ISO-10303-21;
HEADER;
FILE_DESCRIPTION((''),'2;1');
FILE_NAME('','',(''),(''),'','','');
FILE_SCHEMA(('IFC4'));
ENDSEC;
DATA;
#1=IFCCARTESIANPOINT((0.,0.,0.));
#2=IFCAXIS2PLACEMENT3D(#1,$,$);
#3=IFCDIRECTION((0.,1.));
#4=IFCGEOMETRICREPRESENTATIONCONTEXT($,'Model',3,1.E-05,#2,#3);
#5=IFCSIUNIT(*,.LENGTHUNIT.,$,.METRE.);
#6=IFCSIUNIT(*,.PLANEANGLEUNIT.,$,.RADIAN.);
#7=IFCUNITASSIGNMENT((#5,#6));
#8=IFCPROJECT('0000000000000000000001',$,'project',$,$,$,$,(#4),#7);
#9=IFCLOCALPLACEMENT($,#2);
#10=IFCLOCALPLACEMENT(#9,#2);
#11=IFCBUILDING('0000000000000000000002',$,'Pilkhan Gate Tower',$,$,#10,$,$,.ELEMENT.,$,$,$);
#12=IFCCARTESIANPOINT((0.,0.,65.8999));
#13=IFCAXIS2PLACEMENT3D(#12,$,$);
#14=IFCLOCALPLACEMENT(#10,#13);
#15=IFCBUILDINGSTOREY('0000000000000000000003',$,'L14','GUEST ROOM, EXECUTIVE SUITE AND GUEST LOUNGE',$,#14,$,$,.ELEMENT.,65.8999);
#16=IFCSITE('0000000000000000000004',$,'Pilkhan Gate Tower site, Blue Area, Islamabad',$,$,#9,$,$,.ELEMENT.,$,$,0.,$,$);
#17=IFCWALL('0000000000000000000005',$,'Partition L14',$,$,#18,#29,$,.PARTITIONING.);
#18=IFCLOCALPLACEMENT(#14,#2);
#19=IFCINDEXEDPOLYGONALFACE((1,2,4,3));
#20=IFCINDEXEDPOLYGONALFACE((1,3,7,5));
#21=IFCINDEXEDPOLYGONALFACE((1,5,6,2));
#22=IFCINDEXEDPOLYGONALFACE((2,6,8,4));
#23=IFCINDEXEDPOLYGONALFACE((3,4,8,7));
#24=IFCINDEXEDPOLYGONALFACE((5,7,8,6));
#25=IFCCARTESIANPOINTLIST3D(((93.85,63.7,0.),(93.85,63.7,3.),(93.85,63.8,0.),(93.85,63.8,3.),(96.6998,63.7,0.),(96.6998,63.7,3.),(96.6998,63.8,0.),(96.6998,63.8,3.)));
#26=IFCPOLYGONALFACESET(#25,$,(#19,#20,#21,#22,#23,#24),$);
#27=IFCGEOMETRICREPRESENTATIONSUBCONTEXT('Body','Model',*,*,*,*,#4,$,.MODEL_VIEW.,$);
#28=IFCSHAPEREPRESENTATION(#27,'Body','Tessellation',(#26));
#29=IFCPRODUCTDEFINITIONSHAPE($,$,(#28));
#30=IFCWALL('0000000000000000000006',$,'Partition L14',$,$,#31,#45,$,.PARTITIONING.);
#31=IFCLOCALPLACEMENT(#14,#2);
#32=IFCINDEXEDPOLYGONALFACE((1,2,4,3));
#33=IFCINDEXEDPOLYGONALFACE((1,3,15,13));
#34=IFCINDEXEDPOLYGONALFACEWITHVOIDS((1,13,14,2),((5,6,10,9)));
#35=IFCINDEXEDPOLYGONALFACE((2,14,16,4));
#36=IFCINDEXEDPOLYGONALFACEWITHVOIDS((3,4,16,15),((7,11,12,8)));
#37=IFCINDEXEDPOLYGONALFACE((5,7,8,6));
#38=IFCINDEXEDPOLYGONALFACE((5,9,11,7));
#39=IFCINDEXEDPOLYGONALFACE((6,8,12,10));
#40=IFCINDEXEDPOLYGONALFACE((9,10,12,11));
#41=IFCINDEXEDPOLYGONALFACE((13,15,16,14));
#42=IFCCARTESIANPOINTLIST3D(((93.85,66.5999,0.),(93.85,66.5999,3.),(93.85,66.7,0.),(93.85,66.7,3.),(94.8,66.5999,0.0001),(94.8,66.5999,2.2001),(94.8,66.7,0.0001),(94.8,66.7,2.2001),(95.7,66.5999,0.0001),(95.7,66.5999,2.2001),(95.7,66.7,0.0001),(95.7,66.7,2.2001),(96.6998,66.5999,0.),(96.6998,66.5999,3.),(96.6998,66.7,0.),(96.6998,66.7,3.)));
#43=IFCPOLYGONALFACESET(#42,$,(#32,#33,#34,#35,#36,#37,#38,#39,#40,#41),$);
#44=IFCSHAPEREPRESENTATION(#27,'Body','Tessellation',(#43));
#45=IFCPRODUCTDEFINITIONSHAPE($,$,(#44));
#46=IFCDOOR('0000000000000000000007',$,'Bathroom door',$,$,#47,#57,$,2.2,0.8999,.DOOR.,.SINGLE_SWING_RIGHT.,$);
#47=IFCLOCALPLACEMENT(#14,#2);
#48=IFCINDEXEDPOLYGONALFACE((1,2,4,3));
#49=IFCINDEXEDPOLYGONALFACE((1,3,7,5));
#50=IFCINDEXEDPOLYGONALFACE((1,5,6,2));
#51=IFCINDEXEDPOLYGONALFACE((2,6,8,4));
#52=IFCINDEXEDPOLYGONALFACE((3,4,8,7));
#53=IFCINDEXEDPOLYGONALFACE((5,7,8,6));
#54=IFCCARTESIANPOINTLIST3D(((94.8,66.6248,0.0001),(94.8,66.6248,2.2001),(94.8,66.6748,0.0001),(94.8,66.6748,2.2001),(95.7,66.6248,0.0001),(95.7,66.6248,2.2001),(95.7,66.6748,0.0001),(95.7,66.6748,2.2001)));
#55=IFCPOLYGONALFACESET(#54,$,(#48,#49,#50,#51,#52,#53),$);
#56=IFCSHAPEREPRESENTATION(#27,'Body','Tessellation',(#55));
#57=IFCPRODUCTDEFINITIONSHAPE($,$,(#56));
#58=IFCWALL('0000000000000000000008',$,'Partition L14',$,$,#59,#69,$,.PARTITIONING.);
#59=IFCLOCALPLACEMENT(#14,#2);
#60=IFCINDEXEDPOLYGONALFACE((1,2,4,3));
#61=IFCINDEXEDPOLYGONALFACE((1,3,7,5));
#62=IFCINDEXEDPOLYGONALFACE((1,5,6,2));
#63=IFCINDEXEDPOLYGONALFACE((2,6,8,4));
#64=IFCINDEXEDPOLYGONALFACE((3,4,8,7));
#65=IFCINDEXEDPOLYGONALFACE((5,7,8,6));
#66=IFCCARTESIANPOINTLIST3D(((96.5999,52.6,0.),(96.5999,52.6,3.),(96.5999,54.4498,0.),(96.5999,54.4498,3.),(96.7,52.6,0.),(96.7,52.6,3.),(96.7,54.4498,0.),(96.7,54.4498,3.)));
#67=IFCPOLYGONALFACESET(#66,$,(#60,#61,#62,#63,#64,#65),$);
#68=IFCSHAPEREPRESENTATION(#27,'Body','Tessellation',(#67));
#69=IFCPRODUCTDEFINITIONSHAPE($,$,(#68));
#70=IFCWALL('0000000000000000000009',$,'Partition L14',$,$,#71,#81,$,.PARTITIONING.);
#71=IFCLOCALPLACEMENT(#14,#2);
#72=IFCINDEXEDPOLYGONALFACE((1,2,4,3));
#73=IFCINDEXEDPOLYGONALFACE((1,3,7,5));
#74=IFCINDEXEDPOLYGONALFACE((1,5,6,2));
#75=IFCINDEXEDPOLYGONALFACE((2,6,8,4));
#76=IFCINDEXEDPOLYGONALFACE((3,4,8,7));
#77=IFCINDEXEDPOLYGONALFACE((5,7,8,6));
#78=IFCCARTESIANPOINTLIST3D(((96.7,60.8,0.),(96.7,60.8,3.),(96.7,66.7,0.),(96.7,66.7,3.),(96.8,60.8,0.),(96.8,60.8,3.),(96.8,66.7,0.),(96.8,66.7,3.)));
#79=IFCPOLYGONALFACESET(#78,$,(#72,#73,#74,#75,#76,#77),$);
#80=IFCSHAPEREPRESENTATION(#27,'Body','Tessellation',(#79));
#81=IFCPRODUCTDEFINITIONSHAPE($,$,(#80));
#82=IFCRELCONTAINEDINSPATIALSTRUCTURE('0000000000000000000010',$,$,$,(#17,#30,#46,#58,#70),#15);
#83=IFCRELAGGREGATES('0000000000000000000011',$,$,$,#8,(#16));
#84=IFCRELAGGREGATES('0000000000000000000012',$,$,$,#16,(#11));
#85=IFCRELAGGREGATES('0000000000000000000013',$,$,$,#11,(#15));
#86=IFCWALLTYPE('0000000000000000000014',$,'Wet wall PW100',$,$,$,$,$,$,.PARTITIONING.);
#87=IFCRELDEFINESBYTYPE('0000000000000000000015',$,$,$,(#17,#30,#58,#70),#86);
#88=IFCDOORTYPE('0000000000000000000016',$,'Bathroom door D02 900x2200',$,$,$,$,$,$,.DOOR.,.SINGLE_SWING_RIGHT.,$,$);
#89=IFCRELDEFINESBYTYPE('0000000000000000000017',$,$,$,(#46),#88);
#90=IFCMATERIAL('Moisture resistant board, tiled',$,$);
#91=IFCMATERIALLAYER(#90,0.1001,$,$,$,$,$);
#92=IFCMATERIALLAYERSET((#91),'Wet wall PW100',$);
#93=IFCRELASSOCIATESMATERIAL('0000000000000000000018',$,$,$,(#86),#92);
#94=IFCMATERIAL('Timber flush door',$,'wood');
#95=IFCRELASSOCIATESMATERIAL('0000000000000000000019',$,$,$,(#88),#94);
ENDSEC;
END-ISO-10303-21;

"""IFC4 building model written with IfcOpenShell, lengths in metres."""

from ifc_helpers import new_model, si_unit, direction, frame, frame_2d, origin, place, context, subcontext, project, spatial, rectangle, extrude, material, layer, layer_set, type_object, element, fill, save


model = new_model("IFC4")

# Units and contexts
model_context = context("Model", 3, precision=1e-05, world=origin(), true_north=direction((0.0, 1.0)))
body_context = subcontext(model_context, "Body", "Model", "MODEL_VIEW")
ifc_project = project(units=[si_unit("LENGTHUNIT", "METRE"), si_unit("PLANEANGLEUNIT", "RADIAN")], contexts=[model_context])

# Site, building, storey
site_placement = place(None, origin())
site = spatial("IfcSite", under=ifc_project, at=site_placement, Name="Pilkhan Gate Tower site, Blue Area, Islamabad", CompositionType="ELEMENT", RefElevation=0.0)
building_placement = place(site_placement, origin())
building = spatial("IfcBuilding", under=site, at=building_placement, Name="Pilkhan Gate Tower", CompositionType="ELEMENT")
storey_placement = place(building_placement, frame((0.0, 0.0, 65.8999)))
storey = spatial("IfcBuildingStorey", under=building, at=storey_placement, Name="L14", Description="GUEST ROOM, EXECUTIVE SUITE AND GUEST LOUNGE", CompositionType="ELEMENT", Elevation=65.8999)

# Shared definitions
ifc_material_1 = material(Name="Moisture resistant board, tiled")
ifc_layer_1 = layer(ifc_material_1, 0.1001)
ifc_layer_set_1 = layer_set([ifc_layer_1], Name="Wet wall PW100")
wall_type_1 = type_object("IfcWallType", Name="Wet wall PW100", PredefinedType="PARTITIONING", material=ifc_layer_set_1)
ifc_material_2 = material(Name="Timber flush door", Category="wood")
door_type = type_object("IfcDoorType", Name="Bathroom door D02 900x2200", OperationType="SINGLE_SWING_RIGHT", PredefinedType="DOOR", material=ifc_material_2)

# Wall
wall_1_placement = place(storey_placement, frame((93.8501, 63.75, 0.0), z_axis=(0.0, 0.0, 1.0), x_axis=(1.0, 0.0, 0.0)))
element("IfcWall", 1, at=wall_1_placement, inside=storey, type_object=wall_type_1, Name="Partition L14", PredefinedType="PARTITIONING", context=body_context, shape_type="SweptSolid", body=[
    extrude(rectangle(XDim=2.8499, YDim=0.1001, at=frame_2d((1.4248, 0.0))), origin(), (0.0, 0.0, 1.0), 3.0),
])

# Wall, opening, door
wall_2_placement = place(storey_placement, frame((93.8501, 66.6499, 0.0), z_axis=(0.0, 0.0, 1.0), x_axis=(1.0, 0.0, 0.0)))
wall_2 = element("IfcWall", 2, at=wall_2_placement, inside=storey, type_object=wall_type_1, Name="Partition L14", PredefinedType="PARTITIONING", context=body_context, shape_type="SweptSolid", body=[
    extrude(rectangle(XDim=2.8499, YDim=0.1001, at=frame_2d((1.4248, 0.0))), origin(), (0.0, 0.0, 1.0), 3.0),
])
opening_1_placement = place(wall_2_placement, frame((0.95, 0.0, 0.0)))
opening_1 = element("IfcOpeningElement", 3, at=opening_1_placement, cuts=wall_2, PredefinedType="OPENING", context=body_context, shape_type="SweptSolid", body=[
    extrude(rectangle(XDim=0.8999, YDim=2.2, at=frame_2d((0.45, 1.1001))), frame((0.0, 0.0601, 0.0), z_axis=(0.0, -1.0, 0.0), x_axis=(1.0, 0.0, 0.0)), (0.0, 0.0, 1.0), 0.1201),
])
door_1_placement = place(opening_1_placement, origin())
door_1 = element("IfcDoor", 4, at=door_1_placement, inside=storey, type_object=door_type, Name="Bathroom door", OperationType="SINGLE_SWING_RIGHT", OverallHeight=2.2, OverallWidth=0.8999, PredefinedType="DOOR", context=body_context, shape_type="SweptSolid", body=[
    extrude(rectangle(XDim=0.8999, YDim=2.2, at=frame_2d((0.45, 1.1001))), frame((0.0, 0.0249, 0.0), z_axis=(0.0, -1.0, 0.0), x_axis=(1.0, 0.0, 0.0)), (0.0, 0.0, 1.0), 0.05),
])
fill(opening_1, door_1)

# Walls
wall_3_placement = place(storey_placement, frame((96.6499, 52.6001, 0.0), z_axis=(0.0, 0.0, 1.0), x_axis=(0.0, 1.0, 0.0)))
element("IfcWall", 5, at=wall_3_placement, inside=storey, type_object=wall_type_1, Name="Partition L14", PredefinedType="PARTITIONING", context=body_context, shape_type="SweptSolid", body=[
    extrude(rectangle(XDim=1.8499, YDim=0.1001, at=frame_2d((0.9248, 0.0))), origin(), (0.0, 0.0, 1.0), 3.0),
])
wall_4_placement = place(storey_placement, frame((96.75, 60.8, 0.0), z_axis=(0.0, 0.0, 1.0), x_axis=(0.0, 1.0, 0.0)))
element("IfcWall", 6, at=wall_4_placement, inside=storey, type_object=wall_type_1, Name="Partition L14", PredefinedType="PARTITIONING", context=body_context, shape_type="SweptSolid", body=[
    extrude(rectangle(XDim=5.8999, YDim=0.1001, at=frame_2d((2.95, 0.0))), origin(), (0.0, 0.0, 1.0), 3.0),
])

save(model, "model.ifc")
